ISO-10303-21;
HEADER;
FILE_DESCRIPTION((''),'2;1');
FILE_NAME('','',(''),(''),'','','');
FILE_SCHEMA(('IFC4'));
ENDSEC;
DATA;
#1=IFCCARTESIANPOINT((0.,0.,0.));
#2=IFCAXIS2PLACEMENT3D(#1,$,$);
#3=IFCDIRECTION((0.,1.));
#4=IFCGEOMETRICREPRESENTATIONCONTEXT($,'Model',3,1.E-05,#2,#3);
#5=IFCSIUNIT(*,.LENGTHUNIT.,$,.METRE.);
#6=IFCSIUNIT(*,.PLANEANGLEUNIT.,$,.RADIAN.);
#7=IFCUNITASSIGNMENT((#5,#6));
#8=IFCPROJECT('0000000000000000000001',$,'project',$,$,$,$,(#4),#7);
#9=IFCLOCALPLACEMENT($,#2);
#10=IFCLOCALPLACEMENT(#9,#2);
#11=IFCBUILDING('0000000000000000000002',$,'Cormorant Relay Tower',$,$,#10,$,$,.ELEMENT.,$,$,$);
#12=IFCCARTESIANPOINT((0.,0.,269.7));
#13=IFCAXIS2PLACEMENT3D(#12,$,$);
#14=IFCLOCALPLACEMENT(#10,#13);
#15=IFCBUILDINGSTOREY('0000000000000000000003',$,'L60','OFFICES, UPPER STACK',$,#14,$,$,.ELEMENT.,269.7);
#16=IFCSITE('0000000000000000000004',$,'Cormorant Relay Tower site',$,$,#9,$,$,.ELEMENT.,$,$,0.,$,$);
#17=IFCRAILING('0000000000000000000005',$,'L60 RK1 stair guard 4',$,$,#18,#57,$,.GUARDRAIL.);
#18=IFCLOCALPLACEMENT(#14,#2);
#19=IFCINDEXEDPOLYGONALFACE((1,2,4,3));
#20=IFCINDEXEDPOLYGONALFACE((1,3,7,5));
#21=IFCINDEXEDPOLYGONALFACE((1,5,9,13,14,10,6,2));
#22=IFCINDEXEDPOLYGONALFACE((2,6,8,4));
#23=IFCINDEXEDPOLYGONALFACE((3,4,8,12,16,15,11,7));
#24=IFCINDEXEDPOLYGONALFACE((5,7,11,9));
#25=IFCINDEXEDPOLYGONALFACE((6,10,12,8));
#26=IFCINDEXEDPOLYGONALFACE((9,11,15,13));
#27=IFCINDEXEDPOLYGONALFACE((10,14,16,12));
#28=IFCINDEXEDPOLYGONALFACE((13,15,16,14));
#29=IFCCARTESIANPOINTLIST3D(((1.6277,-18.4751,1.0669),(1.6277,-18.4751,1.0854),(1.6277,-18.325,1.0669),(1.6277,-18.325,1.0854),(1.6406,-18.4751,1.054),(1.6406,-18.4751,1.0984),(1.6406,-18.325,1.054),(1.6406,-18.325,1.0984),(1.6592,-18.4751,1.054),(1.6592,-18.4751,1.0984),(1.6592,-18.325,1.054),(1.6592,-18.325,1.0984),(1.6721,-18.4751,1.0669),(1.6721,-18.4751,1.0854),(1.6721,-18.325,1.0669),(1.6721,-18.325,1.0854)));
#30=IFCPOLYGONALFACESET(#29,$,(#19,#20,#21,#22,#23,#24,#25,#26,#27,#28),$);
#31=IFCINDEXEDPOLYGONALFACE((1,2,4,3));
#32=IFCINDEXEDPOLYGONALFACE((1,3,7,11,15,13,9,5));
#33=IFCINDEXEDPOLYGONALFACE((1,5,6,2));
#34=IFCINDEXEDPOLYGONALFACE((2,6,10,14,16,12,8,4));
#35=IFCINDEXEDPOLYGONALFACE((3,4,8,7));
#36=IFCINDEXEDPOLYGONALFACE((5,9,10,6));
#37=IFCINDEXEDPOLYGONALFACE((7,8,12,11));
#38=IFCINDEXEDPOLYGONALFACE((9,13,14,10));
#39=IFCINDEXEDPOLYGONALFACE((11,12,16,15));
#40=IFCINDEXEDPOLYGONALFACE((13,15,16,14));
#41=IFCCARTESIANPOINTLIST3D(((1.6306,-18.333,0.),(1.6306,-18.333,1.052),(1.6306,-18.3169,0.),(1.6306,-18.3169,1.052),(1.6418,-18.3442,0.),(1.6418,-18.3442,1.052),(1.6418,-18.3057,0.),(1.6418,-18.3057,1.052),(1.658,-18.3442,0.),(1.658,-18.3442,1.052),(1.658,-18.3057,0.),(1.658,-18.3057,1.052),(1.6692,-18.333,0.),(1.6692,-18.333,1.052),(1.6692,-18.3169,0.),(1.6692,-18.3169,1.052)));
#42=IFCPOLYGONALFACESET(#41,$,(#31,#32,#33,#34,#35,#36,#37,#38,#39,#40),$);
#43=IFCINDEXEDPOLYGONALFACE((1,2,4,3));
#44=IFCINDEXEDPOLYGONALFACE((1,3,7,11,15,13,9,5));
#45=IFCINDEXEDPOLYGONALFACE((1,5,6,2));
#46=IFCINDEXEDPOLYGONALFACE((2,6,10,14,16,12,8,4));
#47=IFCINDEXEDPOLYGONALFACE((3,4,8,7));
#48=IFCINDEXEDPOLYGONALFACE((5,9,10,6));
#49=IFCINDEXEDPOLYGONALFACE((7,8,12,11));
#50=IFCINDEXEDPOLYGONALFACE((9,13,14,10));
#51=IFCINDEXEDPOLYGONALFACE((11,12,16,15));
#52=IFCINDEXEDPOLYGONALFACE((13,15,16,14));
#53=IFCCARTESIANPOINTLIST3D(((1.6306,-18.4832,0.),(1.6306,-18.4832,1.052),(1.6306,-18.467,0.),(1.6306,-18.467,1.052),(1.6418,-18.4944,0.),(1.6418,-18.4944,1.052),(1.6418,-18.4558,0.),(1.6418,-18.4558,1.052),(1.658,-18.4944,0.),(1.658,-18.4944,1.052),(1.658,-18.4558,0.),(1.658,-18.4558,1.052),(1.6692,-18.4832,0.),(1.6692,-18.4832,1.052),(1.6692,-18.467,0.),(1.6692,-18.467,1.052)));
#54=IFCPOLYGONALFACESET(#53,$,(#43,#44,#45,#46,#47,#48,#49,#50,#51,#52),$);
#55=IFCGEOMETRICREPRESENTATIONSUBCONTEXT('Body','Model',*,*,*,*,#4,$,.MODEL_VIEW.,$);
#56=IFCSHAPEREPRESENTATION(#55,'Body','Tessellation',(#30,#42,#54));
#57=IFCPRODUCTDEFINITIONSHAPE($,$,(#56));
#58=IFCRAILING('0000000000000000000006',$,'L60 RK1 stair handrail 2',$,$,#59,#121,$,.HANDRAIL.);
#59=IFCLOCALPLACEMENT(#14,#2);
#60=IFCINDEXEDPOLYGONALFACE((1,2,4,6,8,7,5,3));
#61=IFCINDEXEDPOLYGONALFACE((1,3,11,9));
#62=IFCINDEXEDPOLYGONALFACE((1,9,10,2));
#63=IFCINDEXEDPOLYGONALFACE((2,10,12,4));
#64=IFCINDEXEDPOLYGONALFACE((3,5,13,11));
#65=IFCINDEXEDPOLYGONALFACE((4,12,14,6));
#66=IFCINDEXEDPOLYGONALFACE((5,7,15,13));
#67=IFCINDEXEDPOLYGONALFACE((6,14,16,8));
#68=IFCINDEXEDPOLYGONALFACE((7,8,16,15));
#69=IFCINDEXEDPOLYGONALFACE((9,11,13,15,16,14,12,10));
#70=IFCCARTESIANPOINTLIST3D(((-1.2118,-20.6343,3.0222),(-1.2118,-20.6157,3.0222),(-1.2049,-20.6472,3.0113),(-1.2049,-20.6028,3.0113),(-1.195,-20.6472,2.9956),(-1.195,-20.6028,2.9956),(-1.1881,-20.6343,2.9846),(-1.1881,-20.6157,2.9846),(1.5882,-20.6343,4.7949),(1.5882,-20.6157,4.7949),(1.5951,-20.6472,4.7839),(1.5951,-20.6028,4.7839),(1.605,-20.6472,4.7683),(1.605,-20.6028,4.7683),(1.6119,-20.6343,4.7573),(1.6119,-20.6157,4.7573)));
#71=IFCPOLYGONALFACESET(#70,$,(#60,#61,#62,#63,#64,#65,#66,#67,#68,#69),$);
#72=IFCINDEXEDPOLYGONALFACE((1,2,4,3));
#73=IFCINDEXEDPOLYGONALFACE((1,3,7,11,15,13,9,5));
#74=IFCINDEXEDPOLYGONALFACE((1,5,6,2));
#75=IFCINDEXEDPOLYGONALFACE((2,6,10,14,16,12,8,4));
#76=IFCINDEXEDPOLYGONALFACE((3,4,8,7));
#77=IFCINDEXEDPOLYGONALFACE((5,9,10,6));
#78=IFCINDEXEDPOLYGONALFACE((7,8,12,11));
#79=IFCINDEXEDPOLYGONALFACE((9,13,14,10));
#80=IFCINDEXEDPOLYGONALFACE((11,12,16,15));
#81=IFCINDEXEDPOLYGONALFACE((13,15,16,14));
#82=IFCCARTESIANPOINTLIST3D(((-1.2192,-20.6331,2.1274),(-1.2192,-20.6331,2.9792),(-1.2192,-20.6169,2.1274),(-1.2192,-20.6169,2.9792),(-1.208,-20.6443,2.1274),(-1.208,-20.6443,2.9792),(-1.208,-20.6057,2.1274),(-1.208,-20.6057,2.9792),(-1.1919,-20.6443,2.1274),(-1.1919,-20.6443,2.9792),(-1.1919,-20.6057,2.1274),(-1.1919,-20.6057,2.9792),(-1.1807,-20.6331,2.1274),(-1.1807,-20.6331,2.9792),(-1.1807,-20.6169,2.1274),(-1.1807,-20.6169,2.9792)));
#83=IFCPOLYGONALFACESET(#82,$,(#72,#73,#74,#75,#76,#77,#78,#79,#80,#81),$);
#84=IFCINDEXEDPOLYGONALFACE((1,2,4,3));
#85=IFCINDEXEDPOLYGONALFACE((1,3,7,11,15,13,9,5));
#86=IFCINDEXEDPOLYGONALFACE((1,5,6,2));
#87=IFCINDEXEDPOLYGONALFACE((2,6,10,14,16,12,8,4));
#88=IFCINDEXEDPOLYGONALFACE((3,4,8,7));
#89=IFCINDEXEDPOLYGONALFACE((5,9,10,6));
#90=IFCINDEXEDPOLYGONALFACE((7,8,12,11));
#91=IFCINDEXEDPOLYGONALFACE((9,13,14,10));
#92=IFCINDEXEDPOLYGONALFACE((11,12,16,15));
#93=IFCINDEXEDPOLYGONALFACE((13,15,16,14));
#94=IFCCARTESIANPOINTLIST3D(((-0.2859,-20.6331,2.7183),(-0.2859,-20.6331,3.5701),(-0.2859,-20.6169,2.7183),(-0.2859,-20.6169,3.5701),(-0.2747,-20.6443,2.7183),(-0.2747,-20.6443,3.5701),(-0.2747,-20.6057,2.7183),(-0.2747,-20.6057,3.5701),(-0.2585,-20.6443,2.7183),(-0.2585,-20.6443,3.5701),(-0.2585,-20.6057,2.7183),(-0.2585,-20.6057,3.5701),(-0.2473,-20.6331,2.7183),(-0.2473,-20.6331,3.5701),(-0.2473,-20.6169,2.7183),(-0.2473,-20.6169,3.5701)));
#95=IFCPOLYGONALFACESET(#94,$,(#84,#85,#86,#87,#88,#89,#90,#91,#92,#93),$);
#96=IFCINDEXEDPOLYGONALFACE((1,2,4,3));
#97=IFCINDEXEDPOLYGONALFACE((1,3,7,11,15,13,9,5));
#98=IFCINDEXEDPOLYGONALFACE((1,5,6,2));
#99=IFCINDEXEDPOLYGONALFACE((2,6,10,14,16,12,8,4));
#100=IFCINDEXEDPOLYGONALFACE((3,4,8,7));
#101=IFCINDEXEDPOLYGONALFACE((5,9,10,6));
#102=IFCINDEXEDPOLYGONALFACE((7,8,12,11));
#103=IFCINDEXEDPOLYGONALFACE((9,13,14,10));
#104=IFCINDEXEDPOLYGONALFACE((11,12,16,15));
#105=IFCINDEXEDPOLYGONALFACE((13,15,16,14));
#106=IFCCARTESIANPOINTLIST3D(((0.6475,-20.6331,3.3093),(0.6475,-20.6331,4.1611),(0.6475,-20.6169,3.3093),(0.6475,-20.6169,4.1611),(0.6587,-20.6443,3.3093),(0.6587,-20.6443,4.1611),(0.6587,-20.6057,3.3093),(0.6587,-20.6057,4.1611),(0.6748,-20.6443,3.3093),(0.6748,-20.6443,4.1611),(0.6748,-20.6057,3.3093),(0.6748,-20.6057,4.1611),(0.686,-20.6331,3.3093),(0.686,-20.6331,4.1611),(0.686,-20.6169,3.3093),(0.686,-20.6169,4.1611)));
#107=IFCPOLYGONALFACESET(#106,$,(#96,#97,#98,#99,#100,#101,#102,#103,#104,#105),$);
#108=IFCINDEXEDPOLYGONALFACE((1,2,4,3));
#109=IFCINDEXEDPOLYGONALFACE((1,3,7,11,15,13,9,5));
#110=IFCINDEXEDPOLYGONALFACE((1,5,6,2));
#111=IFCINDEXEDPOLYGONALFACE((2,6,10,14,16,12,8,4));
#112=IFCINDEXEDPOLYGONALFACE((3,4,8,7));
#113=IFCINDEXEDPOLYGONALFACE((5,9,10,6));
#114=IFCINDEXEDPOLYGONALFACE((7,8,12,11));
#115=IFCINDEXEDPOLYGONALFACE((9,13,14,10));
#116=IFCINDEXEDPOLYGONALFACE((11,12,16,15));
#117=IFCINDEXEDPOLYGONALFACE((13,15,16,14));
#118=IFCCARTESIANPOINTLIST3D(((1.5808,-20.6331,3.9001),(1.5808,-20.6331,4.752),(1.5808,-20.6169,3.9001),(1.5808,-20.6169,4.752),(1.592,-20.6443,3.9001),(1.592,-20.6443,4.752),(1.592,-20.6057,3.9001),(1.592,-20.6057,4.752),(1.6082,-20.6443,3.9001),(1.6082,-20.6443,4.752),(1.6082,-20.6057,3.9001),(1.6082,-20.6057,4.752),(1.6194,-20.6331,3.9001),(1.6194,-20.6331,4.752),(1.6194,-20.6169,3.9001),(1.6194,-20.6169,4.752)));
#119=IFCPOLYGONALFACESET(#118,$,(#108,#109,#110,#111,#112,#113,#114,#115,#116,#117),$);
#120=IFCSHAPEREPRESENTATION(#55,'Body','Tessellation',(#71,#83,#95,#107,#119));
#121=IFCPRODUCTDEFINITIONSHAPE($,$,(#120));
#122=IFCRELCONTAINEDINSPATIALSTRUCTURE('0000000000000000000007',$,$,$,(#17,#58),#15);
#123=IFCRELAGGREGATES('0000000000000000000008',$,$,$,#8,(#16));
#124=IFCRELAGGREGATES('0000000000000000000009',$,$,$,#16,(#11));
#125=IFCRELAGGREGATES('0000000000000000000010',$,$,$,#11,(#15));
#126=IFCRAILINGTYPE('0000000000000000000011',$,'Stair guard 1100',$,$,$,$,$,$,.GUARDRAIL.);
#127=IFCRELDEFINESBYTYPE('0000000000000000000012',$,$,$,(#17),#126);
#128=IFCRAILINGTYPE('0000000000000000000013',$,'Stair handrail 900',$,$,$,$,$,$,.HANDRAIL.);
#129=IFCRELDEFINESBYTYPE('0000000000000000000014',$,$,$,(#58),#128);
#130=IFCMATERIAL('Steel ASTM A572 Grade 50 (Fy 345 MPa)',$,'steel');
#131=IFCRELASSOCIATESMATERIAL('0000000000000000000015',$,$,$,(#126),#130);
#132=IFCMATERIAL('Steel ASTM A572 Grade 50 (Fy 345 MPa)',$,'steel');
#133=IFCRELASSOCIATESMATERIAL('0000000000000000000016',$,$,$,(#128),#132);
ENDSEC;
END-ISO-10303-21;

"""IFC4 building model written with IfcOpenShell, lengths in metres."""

from ifc_helpers import new_model, si_unit, direction, frame, origin, place, context, subcontext, project, spatial, polyline, outline, extrude, material, type_object, element, save


model = new_model("IFC4")

# Units and contexts
model_context = context("Model", 3, precision=1e-05, world=origin(), true_north=direction((0.0, 1.0)))
body_context = subcontext(model_context, "Body", "Model", "MODEL_VIEW")
ifc_project = project(units=[si_unit("LENGTHUNIT", "METRE"), si_unit("PLANEANGLEUNIT", "RADIAN")], contexts=[model_context])

# Site, building, storey
site_placement = place(None, origin())
site = spatial("IfcSite", under=ifc_project, at=site_placement, Name="Cormorant Relay Tower site", CompositionType="ELEMENT", RefElevation=0.0)
building_placement = place(site_placement, origin())
building = spatial("IfcBuilding", under=site, at=building_placement, Name="Cormorant Relay Tower", CompositionType="ELEMENT")
storey_placement = place(building_placement, frame((0.0, 0.0, 269.7)))
storey = spatial("IfcBuildingStorey", under=building, at=storey_placement, Name="L60", Description="OFFICES, UPPER STACK", CompositionType="ELEMENT", Elevation=269.7)

# Railings
ifc_material_1 = material(Name="Steel ASTM A572 Grade 50 (Fy 345 MPa)", Category="steel")
railing_type_1 = type_object("IfcRailingType", Name="Stair guard 1100", PredefinedType="GUARDRAIL", material=ifc_material_1)
railing_1_placement = place(storey_placement, frame((1.6499, -18.325, 0.0)))
element("IfcRailing", 1, at=railing_1_placement, inside=storey, type_object=railing_type_1, Name="L60 RK1 stair guard 4", PredefinedType="GUARDRAIL", context=body_context, shape_type="SweptSolid", body=[
    extrude(outline(polyline([(0.0222, 0.0093), (0.0093, 0.0222), (-0.0093, 0.0222), (-0.0222, 0.0093), (-0.0222, -0.0093), (-0.0093, -0.0222), (0.0093, -0.0222), (0.0222, -0.0093), (0.0222, 0.0093)])), frame((0.0, 0.0, 1.0762), z_axis=(0.0, -1.0, 0.0), x_axis=(1.0, 0.0, 0.0)), (0.0, 0.0, 1.0), 0.1501),
    extrude(outline(polyline([(0.0193, 0.0081), (0.0081, 0.0193), (-0.0081, 0.0193), (-0.0193, 0.0081), (-0.0193, -0.0081), (-0.0081, -0.0193), (0.0081, -0.0193), (0.0193, -0.0081), (0.0193, 0.0081)])), origin(), (0.0, 0.0, 1.0), 1.052),
    extrude(outline(polyline([(0.0193, 0.0081), (0.0081, 0.0193), (-0.0081, 0.0193), (-0.0193, 0.0081), (-0.0193, -0.0081), (-0.0081, -0.0193), (0.0081, -0.0193), (0.0193, -0.0081), (0.0193, 0.0081)])), frame((0.0, -0.1501, 0.0)), (0.0, 0.0, 1.0), 1.052),
])
ifc_material_2 = material(Name="Steel ASTM A572 Grade 50 (Fy 345 MPa)", Category="steel")
railing_type_2 = type_object("IfcRailingType", Name="Stair handrail 900", PredefinedType="HANDRAIL", material=ifc_material_2)
railing_2_placement = place(storey_placement, frame((-1.2, -20.625, 2.1274)))
element("IfcRailing", 2, at=railing_2_placement, inside=storey, type_object=railing_type_2, Name="L60 RK1 stair handrail 2", PredefinedType="HANDRAIL", context=body_context, shape_type="SweptSolid", body=[
    extrude(outline(polyline([(0.0222, 0.0093), (0.0093, 0.0222), (-0.0093, 0.0222), (-0.0222, 0.0093), (-0.0222, -0.0093), (-0.0093, -0.0222), (0.0093, -0.0222), (0.0222, -0.0093), (0.0222, 0.0093)])), frame((0.0, 0.0, 0.876), z_axis=(0.844909, 0.0, 0.53491), x_axis=(0.0, 1.0, 0.0)), (0.0, 0.0, 1.0), 3.314),
    extrude(outline(polyline([(0.0193, 0.0081), (0.0081, 0.0193), (-0.0081, 0.0193), (-0.0193, 0.0081), (-0.0193, -0.0081), (-0.0081, -0.0193), (0.0081, -0.0193), (0.0193, -0.0081), (0.0193, 0.0081)])), origin(), (0.0, 0.0, 1.0), 0.8518),
    extrude(outline(polyline([(0.0193, 0.0081), (0.0081, 0.0193), (-0.0081, 0.0193), (-0.0193, 0.0081), (-0.0193, -0.0081), (-0.0081, -0.0193), (0.0081, -0.0193), (0.0193, -0.0081), (0.0193, 0.0081)])), frame((0.9333, 0.0, 0.5908)), (0.0, 0.0, 1.0), 0.8518),
    extrude(outline(polyline([(0.0193, 0.0081), (0.0081, 0.0193), (-0.0081, 0.0193), (-0.0193, 0.0081), (-0.0193, -0.0081), (-0.0081, -0.0193), (0.0081, -0.0193), (0.0193, -0.0081), (0.0193, 0.0081)])), frame((1.8667, 0.0, 1.1819)), (0.0, 0.0, 1.0), 0.8518),
    extrude(outline(polyline([(0.0193, 0.0081), (0.0081, 0.0193), (-0.0081, 0.0193), (-0.0193, 0.0081), (-0.0193, -0.0081), (-0.0081, -0.0193), (0.0081, -0.0193), (0.0193, -0.0081), (0.0193, 0.0081)])), frame((2.8, 0.0, 1.7727)), (0.0, 0.0, 1.0), 0.8518),
])

save(model, "model.ifc")
